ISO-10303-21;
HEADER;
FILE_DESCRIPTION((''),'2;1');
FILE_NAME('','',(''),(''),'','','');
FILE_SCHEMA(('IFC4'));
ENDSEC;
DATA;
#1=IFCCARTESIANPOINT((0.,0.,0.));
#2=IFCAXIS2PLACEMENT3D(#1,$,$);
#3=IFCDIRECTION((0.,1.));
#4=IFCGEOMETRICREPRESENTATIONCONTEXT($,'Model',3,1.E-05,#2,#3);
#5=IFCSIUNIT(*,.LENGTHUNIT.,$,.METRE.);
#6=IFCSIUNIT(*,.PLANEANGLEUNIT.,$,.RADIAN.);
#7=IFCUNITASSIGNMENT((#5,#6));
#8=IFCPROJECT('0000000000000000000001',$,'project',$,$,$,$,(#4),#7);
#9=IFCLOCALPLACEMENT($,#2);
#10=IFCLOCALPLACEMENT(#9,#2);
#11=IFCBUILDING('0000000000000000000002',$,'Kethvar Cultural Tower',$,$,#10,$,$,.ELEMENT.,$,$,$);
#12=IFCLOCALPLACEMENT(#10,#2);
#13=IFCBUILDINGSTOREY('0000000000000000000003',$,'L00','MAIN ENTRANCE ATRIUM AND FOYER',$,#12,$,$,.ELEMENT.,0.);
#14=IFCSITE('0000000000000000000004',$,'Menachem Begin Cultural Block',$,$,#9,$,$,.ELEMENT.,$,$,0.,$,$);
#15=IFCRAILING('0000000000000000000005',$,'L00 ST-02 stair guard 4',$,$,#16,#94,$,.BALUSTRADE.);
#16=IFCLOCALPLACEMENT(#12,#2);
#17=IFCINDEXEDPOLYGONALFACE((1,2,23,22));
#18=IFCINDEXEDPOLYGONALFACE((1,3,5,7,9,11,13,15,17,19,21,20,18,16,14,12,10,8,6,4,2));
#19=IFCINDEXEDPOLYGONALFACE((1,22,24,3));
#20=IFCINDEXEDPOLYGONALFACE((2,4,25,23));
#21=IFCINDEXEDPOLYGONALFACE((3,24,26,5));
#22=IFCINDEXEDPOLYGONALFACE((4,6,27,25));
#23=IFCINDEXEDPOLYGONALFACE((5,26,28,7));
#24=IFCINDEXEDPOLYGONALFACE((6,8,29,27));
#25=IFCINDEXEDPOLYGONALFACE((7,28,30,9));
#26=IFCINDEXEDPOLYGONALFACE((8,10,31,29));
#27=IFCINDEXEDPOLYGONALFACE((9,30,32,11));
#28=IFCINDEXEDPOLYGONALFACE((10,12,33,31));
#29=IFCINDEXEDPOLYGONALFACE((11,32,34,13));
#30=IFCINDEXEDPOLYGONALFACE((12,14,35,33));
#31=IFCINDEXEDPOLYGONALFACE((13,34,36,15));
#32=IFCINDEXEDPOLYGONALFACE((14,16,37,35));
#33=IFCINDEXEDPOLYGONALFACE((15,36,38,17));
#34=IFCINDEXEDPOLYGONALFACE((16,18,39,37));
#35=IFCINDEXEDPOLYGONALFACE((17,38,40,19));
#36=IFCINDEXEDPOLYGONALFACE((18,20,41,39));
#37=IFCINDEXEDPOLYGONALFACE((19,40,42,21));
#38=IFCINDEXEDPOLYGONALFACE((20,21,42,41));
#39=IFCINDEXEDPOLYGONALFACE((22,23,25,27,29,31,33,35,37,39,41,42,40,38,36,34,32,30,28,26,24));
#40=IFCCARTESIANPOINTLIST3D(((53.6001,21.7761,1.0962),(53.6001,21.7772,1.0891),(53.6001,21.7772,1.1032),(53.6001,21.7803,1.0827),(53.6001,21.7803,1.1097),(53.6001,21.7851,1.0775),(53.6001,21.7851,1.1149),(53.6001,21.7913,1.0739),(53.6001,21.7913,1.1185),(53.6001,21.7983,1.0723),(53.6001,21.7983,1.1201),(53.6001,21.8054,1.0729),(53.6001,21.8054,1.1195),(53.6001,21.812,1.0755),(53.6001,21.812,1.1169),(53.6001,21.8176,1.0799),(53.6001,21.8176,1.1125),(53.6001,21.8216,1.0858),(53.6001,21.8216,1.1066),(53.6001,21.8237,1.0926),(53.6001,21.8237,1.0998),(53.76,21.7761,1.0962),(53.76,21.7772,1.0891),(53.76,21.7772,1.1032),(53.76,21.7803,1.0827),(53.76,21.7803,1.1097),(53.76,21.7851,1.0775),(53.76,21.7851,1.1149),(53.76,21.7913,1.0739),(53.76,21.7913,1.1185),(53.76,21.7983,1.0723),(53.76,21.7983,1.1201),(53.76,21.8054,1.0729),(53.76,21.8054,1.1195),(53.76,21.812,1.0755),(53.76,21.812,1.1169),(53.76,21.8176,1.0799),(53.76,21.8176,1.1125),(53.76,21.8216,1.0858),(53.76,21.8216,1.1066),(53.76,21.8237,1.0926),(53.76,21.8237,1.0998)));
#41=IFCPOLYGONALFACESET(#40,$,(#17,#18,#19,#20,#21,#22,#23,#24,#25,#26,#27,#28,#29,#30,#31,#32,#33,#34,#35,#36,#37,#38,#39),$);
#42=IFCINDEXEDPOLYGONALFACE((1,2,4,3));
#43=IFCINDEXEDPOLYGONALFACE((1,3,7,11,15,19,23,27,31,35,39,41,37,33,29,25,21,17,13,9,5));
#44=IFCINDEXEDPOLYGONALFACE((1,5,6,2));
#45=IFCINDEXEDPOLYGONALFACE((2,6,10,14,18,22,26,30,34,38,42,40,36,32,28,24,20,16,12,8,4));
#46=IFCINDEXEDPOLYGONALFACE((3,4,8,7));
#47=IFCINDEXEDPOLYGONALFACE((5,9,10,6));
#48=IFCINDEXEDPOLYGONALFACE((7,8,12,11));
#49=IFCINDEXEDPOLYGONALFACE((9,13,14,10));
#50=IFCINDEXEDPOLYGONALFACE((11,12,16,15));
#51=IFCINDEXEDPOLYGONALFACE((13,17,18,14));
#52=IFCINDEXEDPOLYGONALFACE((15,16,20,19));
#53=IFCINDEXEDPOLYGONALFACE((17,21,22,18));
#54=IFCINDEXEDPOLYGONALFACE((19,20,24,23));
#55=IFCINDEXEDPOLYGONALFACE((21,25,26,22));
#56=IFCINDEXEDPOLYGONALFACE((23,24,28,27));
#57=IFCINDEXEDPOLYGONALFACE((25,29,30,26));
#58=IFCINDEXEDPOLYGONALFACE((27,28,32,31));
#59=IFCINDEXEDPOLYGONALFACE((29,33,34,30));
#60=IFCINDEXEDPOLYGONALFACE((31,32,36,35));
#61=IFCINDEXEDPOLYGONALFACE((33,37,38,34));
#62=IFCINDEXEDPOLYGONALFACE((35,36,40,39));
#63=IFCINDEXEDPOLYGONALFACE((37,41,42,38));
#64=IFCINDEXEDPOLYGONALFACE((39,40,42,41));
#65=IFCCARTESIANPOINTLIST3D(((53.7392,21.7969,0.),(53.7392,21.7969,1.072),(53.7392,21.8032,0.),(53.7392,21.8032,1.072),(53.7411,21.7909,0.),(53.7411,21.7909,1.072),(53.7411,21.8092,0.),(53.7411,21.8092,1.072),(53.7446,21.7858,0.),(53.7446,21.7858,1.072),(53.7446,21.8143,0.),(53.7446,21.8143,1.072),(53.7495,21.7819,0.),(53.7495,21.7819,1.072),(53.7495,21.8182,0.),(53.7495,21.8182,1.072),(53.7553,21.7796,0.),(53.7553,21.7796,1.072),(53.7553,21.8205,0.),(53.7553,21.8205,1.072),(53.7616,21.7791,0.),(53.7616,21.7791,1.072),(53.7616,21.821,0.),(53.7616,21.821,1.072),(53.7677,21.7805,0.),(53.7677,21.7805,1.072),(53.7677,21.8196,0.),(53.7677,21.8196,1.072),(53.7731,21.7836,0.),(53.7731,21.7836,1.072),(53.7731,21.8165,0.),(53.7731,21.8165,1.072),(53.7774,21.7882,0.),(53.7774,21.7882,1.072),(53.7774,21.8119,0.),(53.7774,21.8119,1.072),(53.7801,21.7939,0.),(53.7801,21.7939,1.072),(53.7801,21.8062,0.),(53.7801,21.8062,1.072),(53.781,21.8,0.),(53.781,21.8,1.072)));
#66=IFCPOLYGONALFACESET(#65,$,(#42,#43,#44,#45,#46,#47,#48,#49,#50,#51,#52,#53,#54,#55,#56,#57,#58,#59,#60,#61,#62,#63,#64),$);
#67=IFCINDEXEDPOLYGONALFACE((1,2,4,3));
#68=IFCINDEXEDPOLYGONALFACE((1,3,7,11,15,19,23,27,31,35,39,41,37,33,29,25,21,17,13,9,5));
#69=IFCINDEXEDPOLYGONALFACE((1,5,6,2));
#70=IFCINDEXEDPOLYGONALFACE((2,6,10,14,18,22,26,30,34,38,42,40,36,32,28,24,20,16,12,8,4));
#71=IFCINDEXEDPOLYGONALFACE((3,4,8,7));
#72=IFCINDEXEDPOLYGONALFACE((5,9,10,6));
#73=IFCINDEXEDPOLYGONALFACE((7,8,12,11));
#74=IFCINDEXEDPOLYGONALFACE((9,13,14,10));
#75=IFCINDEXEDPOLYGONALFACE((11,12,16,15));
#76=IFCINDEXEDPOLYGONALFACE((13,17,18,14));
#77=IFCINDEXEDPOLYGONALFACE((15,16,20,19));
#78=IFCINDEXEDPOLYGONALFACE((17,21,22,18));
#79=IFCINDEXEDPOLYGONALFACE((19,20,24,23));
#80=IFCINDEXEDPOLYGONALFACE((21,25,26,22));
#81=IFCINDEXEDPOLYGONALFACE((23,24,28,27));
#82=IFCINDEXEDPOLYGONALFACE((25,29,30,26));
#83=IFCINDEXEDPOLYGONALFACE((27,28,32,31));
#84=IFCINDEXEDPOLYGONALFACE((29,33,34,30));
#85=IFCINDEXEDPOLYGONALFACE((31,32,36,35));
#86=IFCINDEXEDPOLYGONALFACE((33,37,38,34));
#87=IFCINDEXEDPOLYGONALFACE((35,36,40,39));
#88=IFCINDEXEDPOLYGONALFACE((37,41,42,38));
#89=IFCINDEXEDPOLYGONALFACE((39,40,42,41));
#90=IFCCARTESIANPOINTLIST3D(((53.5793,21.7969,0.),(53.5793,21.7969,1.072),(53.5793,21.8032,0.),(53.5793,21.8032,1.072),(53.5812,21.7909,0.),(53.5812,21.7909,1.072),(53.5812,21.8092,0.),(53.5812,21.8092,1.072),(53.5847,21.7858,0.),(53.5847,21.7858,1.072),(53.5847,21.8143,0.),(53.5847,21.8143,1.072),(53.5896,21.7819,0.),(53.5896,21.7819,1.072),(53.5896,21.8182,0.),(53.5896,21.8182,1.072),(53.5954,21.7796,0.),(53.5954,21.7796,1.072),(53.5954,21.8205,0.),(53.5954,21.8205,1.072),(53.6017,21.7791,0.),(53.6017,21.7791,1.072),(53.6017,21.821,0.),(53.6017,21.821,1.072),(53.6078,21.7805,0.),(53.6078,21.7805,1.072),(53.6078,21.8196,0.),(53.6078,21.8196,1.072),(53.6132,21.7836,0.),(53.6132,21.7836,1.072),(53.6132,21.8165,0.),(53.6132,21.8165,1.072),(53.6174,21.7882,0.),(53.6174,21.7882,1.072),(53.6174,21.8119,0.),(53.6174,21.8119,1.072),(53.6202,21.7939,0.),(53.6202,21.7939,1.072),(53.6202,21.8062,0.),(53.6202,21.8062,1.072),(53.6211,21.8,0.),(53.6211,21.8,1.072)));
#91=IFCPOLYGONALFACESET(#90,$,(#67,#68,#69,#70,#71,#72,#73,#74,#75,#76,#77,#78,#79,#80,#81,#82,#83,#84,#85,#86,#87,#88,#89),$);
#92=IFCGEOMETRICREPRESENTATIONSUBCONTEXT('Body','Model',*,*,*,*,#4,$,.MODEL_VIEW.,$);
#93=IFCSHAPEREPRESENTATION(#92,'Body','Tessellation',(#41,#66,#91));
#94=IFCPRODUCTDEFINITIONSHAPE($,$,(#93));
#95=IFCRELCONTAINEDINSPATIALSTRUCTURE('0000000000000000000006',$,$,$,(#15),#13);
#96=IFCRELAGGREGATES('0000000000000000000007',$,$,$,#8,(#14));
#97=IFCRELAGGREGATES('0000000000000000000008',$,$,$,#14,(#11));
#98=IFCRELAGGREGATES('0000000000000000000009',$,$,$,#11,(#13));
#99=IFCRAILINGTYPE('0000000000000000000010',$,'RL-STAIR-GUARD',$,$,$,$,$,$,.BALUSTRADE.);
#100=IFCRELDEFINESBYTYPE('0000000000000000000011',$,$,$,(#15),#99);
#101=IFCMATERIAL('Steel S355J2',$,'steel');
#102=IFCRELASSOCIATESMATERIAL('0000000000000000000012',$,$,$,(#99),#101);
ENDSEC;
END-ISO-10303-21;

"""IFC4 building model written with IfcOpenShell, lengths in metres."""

from ifc_helpers import new_model, si_unit, direction, frame, origin, origin_2d, place, context, subcontext, project, spatial, circle, extrude, material, type_object, element, save


model = new_model("IFC4")

# Units and contexts
model_context = context("Model", 3, precision=1e-05, world=origin(), true_north=direction((0.0, 1.0)))
body_context = subcontext(model_context, "Body", "Model", "MODEL_VIEW")
ifc_project = project(units=[si_unit("LENGTHUNIT", "METRE"), si_unit("PLANEANGLEUNIT", "RADIAN")], contexts=[model_context])

# Site, building, storey
site_placement = place(None, origin())
site = spatial("IfcSite", under=ifc_project, at=site_placement, Name="Menachem Begin Cultural Block", CompositionType="ELEMENT", RefElevation=0.0)
building_placement = place(site_placement, origin())
building = spatial("IfcBuilding", under=site, at=building_placement, Name="Kethvar Cultural Tower", CompositionType="ELEMENT")
storey_placement = place(building_placement, origin())
storey = spatial("IfcBuildingStorey", under=building, at=storey_placement, Name="L00", Description="MAIN ENTRANCE ATRIUM AND FOYER", CompositionType="ELEMENT", Elevation=0.0)

# Shared definitions
ifc_material_1 = material(Name="Steel S355J2", Category="steel")

# Railing
railing_type_1 = type_object("IfcRailingType", Name="RL-STAIR-GUARD", PredefinedType="BALUSTRADE", material=ifc_material_1)
railing_1_placement = place(storey_placement, frame((53.76, 21.8, 0.0)))
element("IfcRailing", 1, at=railing_1_placement, inside=storey, type_object=railing_type_1, Name="L00 ST-02 stair guard 4", PredefinedType="BALUSTRADE", context=body_context, shape_type="SweptSolid", body=[
    extrude(circle(Radius=0.0239, at=origin_2d()), frame((0.0, 0.0, 1.0962), z_axis=(-1.0, 0.0, 0.0), x_axis=(0.0, -1.0, 0.0)), (0.0, 0.0, 1.0), 0.1599),
    extrude(circle(Radius=0.021, at=origin_2d()), origin(), (0.0, 0.0, 1.0), 1.072),
    extrude(circle(Radius=0.021, at=origin_2d()), frame((-0.1599, 0.0, 0.0)), (0.0, 0.0, 1.0), 1.072),
])

save(model, "model.ifc")
